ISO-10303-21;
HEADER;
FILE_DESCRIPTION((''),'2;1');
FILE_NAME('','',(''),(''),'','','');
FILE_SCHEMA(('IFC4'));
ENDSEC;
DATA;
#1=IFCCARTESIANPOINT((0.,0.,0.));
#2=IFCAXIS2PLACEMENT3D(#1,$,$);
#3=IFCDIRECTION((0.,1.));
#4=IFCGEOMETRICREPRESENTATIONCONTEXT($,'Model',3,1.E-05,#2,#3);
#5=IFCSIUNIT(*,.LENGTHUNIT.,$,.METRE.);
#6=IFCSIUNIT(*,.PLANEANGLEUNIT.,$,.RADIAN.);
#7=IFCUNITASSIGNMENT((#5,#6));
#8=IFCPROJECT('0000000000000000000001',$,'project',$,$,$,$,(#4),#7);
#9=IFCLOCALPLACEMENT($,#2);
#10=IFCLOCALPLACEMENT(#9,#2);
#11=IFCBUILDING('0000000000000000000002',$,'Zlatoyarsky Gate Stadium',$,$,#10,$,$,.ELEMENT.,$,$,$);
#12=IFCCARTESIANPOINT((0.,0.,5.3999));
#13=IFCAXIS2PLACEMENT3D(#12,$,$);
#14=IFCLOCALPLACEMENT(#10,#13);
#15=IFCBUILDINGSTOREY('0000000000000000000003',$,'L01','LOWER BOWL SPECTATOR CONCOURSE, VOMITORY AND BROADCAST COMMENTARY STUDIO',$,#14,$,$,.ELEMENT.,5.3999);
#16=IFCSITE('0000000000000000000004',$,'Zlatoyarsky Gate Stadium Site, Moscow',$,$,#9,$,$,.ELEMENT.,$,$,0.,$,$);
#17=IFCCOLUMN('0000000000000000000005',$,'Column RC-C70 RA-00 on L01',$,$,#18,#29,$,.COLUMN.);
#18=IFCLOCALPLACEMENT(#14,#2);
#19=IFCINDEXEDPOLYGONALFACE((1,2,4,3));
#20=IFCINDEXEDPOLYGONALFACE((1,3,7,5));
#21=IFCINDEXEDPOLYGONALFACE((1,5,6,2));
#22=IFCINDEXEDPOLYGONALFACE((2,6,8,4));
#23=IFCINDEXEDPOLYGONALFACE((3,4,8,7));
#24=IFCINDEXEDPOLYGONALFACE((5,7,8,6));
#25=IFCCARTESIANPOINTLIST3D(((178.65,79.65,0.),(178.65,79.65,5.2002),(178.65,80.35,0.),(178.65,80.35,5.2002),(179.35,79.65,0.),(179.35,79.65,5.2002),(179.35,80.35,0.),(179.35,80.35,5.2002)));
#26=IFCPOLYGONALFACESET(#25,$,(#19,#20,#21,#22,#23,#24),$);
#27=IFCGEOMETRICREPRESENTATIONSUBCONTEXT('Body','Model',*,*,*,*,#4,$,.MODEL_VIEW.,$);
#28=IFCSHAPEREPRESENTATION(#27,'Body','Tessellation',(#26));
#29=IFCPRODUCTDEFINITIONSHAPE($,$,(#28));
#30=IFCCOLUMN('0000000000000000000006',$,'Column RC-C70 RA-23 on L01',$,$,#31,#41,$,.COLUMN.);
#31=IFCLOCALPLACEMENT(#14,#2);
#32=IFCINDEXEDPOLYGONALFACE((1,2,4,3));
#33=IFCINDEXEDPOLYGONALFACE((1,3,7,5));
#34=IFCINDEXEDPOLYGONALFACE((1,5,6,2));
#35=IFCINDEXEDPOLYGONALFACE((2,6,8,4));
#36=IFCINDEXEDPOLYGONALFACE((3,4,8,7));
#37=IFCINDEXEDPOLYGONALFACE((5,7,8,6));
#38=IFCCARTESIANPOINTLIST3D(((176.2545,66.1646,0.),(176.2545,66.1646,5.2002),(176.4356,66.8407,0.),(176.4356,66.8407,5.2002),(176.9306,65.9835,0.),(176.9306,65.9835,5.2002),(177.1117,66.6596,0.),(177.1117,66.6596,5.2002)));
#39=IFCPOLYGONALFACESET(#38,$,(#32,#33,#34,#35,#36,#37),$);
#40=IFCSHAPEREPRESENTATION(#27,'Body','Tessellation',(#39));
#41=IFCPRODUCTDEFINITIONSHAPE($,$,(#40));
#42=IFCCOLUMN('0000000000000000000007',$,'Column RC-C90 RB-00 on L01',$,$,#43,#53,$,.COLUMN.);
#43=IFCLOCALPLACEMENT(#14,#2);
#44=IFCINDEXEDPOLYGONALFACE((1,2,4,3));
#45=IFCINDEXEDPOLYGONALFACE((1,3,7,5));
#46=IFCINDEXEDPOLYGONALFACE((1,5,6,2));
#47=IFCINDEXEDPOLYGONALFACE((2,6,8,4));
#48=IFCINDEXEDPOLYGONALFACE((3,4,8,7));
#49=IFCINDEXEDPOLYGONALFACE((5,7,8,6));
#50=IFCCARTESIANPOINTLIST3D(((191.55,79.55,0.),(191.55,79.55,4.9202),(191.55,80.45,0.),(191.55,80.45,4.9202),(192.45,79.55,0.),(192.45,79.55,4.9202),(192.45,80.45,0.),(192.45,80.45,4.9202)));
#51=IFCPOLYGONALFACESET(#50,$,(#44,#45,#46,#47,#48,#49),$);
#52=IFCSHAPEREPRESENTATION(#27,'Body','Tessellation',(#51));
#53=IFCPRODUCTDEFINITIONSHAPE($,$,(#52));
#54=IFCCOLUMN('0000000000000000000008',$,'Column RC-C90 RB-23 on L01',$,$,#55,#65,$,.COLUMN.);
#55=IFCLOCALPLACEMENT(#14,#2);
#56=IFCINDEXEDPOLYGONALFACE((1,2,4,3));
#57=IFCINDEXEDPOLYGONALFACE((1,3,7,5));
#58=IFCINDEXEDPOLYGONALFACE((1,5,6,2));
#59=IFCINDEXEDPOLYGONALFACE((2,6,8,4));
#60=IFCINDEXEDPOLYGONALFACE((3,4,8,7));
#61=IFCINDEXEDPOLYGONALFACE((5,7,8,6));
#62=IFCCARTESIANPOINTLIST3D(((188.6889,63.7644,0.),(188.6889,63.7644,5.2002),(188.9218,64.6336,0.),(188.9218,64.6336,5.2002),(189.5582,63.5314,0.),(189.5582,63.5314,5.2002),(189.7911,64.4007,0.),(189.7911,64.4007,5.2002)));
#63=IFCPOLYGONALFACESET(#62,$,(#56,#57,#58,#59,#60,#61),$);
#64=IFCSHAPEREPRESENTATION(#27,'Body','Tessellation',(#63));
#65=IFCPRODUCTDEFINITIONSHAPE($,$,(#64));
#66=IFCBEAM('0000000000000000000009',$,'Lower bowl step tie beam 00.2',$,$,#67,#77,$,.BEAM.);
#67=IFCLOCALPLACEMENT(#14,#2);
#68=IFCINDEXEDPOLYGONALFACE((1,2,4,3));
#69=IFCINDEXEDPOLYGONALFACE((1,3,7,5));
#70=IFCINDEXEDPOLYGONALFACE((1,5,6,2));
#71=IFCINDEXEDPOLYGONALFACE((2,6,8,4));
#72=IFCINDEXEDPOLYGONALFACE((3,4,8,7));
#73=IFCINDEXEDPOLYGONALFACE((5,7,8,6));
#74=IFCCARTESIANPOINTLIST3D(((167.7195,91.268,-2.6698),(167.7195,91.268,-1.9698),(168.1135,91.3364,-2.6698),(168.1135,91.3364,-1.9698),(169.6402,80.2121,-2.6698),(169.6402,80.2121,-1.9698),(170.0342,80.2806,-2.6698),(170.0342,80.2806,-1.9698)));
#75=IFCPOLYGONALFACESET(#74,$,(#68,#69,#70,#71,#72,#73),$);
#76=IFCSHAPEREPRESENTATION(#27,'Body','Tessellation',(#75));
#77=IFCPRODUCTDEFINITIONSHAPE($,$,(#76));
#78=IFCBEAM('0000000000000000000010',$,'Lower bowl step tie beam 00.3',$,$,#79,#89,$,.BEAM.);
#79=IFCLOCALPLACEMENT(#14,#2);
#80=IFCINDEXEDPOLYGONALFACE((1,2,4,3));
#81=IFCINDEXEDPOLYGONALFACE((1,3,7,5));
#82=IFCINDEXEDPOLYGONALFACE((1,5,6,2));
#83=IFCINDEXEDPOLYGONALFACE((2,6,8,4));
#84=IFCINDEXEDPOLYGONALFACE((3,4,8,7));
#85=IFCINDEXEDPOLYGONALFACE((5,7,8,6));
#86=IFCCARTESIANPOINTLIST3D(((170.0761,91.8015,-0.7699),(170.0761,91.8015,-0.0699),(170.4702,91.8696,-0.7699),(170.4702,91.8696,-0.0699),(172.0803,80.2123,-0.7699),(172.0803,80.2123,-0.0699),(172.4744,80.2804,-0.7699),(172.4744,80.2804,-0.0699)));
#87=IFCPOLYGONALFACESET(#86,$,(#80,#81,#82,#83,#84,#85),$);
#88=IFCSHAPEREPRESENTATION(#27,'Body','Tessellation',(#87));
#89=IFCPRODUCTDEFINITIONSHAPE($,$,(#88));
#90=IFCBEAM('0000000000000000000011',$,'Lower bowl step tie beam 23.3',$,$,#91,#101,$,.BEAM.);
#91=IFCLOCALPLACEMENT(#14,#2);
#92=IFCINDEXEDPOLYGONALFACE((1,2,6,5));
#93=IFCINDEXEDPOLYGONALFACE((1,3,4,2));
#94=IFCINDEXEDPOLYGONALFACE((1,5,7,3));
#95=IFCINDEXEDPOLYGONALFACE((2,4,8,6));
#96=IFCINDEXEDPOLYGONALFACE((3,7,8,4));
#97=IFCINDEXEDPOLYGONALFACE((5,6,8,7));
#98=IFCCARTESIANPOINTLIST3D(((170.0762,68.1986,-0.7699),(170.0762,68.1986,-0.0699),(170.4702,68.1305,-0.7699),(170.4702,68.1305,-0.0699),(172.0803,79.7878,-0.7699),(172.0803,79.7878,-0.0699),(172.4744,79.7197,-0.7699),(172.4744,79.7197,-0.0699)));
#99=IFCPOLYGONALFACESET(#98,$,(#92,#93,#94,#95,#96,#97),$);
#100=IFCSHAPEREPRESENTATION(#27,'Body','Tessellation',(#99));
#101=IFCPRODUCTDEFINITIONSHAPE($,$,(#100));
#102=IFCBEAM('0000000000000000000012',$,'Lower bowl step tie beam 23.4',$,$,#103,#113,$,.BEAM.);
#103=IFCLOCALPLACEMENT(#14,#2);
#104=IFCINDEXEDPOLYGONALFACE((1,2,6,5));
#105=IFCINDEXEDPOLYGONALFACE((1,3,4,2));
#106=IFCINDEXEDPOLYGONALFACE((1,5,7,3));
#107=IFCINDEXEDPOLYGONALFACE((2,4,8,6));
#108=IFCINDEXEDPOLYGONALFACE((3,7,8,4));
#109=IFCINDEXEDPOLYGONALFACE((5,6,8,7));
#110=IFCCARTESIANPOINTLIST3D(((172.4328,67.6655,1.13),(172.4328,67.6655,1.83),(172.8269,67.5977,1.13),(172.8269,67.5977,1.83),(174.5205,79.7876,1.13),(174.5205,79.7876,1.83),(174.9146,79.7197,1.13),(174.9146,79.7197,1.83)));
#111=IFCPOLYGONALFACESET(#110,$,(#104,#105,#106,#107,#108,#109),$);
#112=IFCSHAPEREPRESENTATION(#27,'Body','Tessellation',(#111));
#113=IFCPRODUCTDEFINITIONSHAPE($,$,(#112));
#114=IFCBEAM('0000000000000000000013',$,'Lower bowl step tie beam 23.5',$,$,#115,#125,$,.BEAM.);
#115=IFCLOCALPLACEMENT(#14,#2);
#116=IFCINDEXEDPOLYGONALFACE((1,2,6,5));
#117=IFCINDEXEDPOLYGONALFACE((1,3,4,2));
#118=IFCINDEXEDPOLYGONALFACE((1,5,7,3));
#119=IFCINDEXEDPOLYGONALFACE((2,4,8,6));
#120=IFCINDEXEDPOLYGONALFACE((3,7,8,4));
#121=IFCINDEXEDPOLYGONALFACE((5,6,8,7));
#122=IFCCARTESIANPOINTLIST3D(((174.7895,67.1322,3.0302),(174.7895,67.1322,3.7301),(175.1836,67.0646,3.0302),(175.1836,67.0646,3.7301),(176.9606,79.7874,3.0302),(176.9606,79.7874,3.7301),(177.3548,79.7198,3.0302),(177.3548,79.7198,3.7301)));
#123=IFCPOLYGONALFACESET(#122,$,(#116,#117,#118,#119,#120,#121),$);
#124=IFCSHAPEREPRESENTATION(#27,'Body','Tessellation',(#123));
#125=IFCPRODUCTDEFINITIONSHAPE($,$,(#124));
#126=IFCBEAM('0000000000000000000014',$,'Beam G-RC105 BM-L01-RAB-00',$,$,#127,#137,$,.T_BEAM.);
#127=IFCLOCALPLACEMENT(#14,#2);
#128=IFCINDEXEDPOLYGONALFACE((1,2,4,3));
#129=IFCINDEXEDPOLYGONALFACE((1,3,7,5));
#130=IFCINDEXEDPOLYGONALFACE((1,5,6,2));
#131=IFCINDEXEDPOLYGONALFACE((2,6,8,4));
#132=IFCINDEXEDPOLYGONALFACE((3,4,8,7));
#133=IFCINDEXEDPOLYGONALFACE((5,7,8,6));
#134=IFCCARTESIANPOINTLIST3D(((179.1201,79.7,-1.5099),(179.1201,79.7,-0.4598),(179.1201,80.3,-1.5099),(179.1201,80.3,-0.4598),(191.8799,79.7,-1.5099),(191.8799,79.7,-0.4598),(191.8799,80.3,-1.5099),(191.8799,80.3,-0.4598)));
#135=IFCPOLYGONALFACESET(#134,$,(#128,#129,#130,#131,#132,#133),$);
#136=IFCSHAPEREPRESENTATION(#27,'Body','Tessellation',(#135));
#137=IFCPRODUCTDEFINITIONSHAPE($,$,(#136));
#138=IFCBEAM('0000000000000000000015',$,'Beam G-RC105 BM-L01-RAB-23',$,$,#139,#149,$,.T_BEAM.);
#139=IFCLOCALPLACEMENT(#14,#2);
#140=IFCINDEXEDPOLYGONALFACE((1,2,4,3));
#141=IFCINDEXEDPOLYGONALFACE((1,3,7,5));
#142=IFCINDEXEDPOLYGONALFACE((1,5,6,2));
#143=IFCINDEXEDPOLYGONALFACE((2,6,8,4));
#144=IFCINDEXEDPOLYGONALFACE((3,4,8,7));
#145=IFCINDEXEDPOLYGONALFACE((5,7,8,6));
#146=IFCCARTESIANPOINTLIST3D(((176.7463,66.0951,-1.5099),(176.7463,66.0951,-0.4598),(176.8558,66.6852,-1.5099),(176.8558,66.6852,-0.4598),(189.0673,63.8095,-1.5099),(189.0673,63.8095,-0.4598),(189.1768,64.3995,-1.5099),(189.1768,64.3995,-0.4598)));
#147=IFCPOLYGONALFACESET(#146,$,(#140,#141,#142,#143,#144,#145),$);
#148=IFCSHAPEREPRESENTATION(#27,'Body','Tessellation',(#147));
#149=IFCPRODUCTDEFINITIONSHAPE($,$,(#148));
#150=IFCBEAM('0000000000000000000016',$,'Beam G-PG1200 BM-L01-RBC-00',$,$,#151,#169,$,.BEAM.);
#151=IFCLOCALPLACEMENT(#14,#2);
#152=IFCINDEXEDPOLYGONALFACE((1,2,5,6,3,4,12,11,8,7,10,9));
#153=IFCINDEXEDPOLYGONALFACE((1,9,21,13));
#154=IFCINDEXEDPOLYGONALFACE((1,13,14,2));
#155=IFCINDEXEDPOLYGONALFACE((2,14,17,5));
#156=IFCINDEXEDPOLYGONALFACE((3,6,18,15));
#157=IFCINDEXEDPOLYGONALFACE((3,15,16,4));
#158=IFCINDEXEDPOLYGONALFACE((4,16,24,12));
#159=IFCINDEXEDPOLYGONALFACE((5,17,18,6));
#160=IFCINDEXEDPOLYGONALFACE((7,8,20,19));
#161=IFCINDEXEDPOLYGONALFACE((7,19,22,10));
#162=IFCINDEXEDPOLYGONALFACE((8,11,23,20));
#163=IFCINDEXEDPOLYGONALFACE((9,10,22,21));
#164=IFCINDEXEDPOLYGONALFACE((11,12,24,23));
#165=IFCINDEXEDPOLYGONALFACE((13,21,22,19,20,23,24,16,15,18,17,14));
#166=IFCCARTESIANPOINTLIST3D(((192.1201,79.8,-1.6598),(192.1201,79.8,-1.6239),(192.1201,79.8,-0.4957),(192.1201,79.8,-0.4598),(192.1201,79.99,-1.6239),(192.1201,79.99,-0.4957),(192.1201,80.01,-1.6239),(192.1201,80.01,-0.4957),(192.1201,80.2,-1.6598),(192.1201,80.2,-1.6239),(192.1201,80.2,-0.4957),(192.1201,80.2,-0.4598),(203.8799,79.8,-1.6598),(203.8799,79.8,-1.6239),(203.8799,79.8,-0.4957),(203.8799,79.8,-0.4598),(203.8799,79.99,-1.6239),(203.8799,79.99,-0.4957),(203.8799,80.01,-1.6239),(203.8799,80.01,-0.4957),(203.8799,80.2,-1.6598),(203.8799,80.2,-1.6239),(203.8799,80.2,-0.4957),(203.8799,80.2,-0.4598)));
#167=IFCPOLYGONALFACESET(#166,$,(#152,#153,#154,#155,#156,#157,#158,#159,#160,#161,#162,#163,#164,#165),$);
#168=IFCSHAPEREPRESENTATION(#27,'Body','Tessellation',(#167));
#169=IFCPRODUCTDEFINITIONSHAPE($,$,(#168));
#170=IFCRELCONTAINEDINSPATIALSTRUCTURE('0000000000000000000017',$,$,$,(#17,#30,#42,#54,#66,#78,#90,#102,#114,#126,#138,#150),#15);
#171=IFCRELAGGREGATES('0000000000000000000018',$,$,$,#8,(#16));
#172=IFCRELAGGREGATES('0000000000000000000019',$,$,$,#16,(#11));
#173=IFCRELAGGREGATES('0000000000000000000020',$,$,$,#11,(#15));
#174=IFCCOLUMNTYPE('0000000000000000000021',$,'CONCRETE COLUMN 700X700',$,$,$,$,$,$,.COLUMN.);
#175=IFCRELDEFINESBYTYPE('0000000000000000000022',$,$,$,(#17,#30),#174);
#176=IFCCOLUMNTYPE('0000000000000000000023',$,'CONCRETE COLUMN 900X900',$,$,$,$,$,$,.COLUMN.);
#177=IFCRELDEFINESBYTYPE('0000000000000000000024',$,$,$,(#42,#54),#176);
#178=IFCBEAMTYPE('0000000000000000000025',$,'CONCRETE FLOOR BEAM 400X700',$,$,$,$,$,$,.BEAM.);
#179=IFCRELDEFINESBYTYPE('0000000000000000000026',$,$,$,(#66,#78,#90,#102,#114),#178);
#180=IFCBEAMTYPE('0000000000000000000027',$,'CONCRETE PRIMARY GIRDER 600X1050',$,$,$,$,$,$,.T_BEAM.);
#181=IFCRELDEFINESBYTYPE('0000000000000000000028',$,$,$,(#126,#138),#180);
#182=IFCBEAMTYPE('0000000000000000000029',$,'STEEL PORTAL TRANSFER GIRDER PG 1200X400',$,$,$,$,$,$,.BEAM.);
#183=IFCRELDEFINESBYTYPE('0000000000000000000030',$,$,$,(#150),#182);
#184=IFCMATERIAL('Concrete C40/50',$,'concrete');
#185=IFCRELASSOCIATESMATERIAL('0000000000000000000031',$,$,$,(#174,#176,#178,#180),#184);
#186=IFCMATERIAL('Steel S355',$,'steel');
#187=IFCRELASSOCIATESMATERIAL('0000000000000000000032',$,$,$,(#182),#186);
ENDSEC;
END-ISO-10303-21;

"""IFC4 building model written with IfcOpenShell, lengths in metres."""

from ifc_helpers import new_model, si_unit, direction, frame, origin, origin_2d, place, context, subcontext, project, spatial, rectangle, i_section, extrude, material, material_profile, profile_set, type_object, element, save


model = new_model("IFC4")

# Units and contexts
model_context = context("Model", 3, precision=1e-05, world=origin(), true_north=direction((0.0, 1.0)))
body_context = subcontext(model_context, "Body", "Model", "MODEL_VIEW")
ifc_project = project(units=[si_unit("LENGTHUNIT", "METRE"), si_unit("PLANEANGLEUNIT", "RADIAN")], contexts=[model_context])

# Site, building, storey
site_placement = place(None, origin())
site = spatial("IfcSite", under=ifc_project, at=site_placement, Name="Zlatoyarsky Gate Stadium Site, Moscow", CompositionType="ELEMENT", RefElevation=0.0)
building_placement = place(site_placement, origin())
building = spatial("IfcBuilding", under=site, at=building_placement, Name="Zlatoyarsky Gate Stadium", CompositionType="ELEMENT")
storey_placement = place(building_placement, frame((0.0, 0.0, 5.3999)))
storey = spatial("IfcBuildingStorey", under=building, at=storey_placement, Name="L01", Description="LOWER BOWL SPECTATOR CONCOURSE, VOMITORY AND BROADCAST COMMENTARY STUDIO", CompositionType="ELEMENT", Elevation=5.3999)

# Columns
ifc_material_1 = material(Name="Concrete C40/50", Category="concrete")
ifc_material_profile_1 = material_profile(ifc_material_1, rectangle(XDim=0.7, YDim=0.7, at=origin_2d()), Name="RC COL 700X700")
ifc_profile_set_1 = profile_set([ifc_material_profile_1], Name="Concrete C40/50")
column_type_1 = type_object("IfcColumnType", Name="CONCRETE COLUMN 700X700", PredefinedType="COLUMN", material=ifc_profile_set_1)
for number, where, z_axis, x_axis, name in (
    (1, (179.0, 80.0, 0.0), (0.0, 0.0, 1.0), (1.0, 0.0, 0.0), "Column RC-C70 RA-00 on L01"),
    (2, (176.6831, 66.4121, 0.0), (0.0, 0.0, 1.0), (0.965926, -0.258819, 0.0), "Column RC-C70 RA-23 on L01"),
):
    element("IfcColumn", number, at=place(storey_placement, frame(where, z_axis=z_axis, x_axis=x_axis)), inside=storey, type_object=column_type_1, Name=name, PredefinedType="COLUMN", context=body_context, shape_type="SweptSolid", body=[
        extrude(rectangle(XDim=0.7, YDim=0.7, at=origin_2d()), origin(), (0.0, 0.0, 1.0), 5.2002),
    ])
ifc_material_profile_2 = material_profile(ifc_material_1, rectangle(XDim=0.8999, YDim=0.8999, at=origin_2d()), Name="RC COL 900X900")
ifc_profile_set_2 = profile_set([ifc_material_profile_2], Name="Concrete C40/50")
column_type_2 = type_object("IfcColumnType", Name="CONCRETE COLUMN 900X900", PredefinedType="COLUMN", material=ifc_profile_set_2)
column_1_placement = place(storey_placement, frame((192.0, 80.0, 0.0), z_axis=(0.0, 0.0, 1.0), x_axis=(1.0, 0.0, 0.0)))
element("IfcColumn", 3, at=column_1_placement, inside=storey, type_object=column_type_2, Name="Column RC-C90 RB-00 on L01", PredefinedType="COLUMN", context=body_context, shape_type="SweptSolid", body=[
    extrude(rectangle(XDim=0.8999, YDim=0.8999, at=origin_2d()), origin(), (0.0, 0.0, 1.0), 4.9202),
])
column_2_placement = place(storey_placement, frame((189.24, 64.0825, 0.0), z_axis=(0.0, 0.0, 1.0), x_axis=(0.965926, -0.258819, 0.0)))
element("IfcColumn", 4, at=column_2_placement, inside=storey, type_object=column_type_2, Name="Column RC-C90 RB-23 on L01", PredefinedType="COLUMN", context=body_context, shape_type="SweptSolid", body=[
    extrude(rectangle(XDim=0.8999, YDim=0.8999, at=origin_2d()), origin(), (0.0, 0.0, 1.0), 5.2002),
])

# Beams
ifc_material_profile_3 = material_profile(ifc_material_1, rectangle(XDim=0.3999, YDim=0.7, at=origin_2d()), Name="RC BEAM 400X700")
ifc_profile_set_3 = profile_set([ifc_material_profile_3], Name="Concrete C40/50")
beam_type_1 = type_object("IfcBeamType", Name="CONCRETE FLOOR BEAM 400X700", PredefinedType="BEAM", material=ifc_profile_set_3)
beam_1_placement = place(storey_placement, frame((169.8372, 80.2463, -2.3198), z_axis=(-0.171158, 0.985244, 0.0), x_axis=(-0.985244, -0.171158, 0.0)))
element("IfcBeam", 5, at=beam_1_placement, inside=storey, type_object=beam_type_1, Name="Lower bowl step tie beam 00.2", PredefinedType="BEAM", context=body_context, shape_type="SweptSolid", body=[
    extrude(rectangle(XDim=0.3999, YDim=0.7, at=origin_2d()), origin(), (0.0, 0.0, 1.0), 11.2214),
])
for number, where, z_axis, x_axis, name in (
    (6, (172.2773, 80.2463, -0.4199), (-0.170405, 0.985374, 0.0), (-0.985374, -0.170405, 0.0), "Lower bowl step tie beam 00.3"),
    (7, (170.2732, 68.1646, -0.4199), (0.170405, 0.985374, 0.0), (-0.985374, 0.170405, 0.0), "Lower bowl step tie beam 23.3"),
):
    element("IfcBeam", number, at=place(storey_placement, frame(where, z_axis=z_axis, x_axis=x_axis)), inside=storey, type_object=beam_type_1, Name=name, PredefinedType="BEAM", context=body_context, shape_type="SweptSolid", body=[
        extrude(rectangle(XDim=0.3999, YDim=0.7, at=origin_2d()), origin(), (0.0, 0.0, 1.0), 11.7612),
    ])
beam_2_placement = place(storey_placement, frame((172.6299, 67.6316, 1.48), z_axis=(0.16972, 0.985492, 0.0), x_axis=(-0.985492, 0.16972, 0.0)))
element("IfcBeam", 8, at=beam_2_placement, inside=storey, type_object=beam_type_1, Name="Lower bowl step tie beam 23.4", PredefinedType="BEAM", context=body_context, shape_type="SweptSolid", body=[
    extrude(rectangle(XDim=0.3999, YDim=0.7, at=origin_2d()), origin(), (0.0, 0.0, 1.0), 12.3005),
])
beam_3_placement = place(storey_placement, frame((174.9866, 67.0984, 3.3801), z_axis=(0.16909, 0.985601, 0.0), x_axis=(-0.985601, 0.16909, 0.0)))
element("IfcBeam", 9, at=beam_3_placement, inside=storey, type_object=beam_type_1, Name="Lower bowl step tie beam 23.5", PredefinedType="BEAM", context=body_context, shape_type="SweptSolid", body=[
    extrude(rectangle(XDim=0.3999, YDim=0.7, at=origin_2d()), origin(), (0.0, 0.0, 1.0), 12.8401),
])
ifc_material_profile_4 = material_profile(ifc_material_1, rectangle(XDim=0.6001, YDim=1.05, at=origin_2d()), Name="RC GIRDER 600X1050")
ifc_profile_set_4 = profile_set([ifc_material_profile_4], Name="Concrete C40/50")
beam_type_2 = type_object("IfcBeamType", Name="CONCRETE PRIMARY GIRDER 600X1050", PredefinedType="T_BEAM", material=ifc_profile_set_4)
beam_4_placement = place(storey_placement, frame((179.1201, 80.0, -0.9849), z_axis=(1.0, 0.0, 0.0), x_axis=(0.0, 1.0, 0.0)))
element("IfcBeam", 10, at=beam_4_placement, inside=storey, type_object=beam_type_2, Name="Beam G-RC105 BM-L01-RAB-00", PredefinedType="T_BEAM", context=body_context, shape_type="SweptSolid", body=[
    extrude(rectangle(XDim=0.6001, YDim=1.05, at=origin_2d()), origin(), (0.0, 0.0, 1.0), 12.7598),
])
beam_5_placement = place(storey_placement, frame((176.801, 66.3901, -0.9849), z_axis=(0.983225, -0.182396, 0.0), x_axis=(0.182396, 0.983225, 0.0)))
element("IfcBeam", 11, at=beam_5_placement, inside=storey, type_object=beam_type_2, Name="Beam G-RC105 BM-L01-RAB-23", PredefinedType="T_BEAM", context=body_context, shape_type="SweptSolid", body=[
    extrude(rectangle(XDim=0.6001, YDim=1.05, at=origin_2d()), origin(), (0.0, 0.0, 1.0), 12.5312),
])
ifc_material_2 = material(Name="Steel S355", Category="steel")
ifc_material_profile_5 = material_profile(ifc_material_2, i_section(OverallWidth=0.3999, OverallDepth=1.2, WebThickness=0.02, FlangeThickness=0.0359, at=origin_2d()), Name="PG 1200X400")
ifc_profile_set_5 = profile_set([ifc_material_profile_5], Name="Steel S355")
beam_type_3 = type_object("IfcBeamType", Name="STEEL PORTAL TRANSFER GIRDER PG 1200X400", PredefinedType="BEAM", material=ifc_profile_set_5)
beam_6_placement = place(storey_placement, frame((192.1201, 80.0, -1.0598), z_axis=(1.0, 0.0, 0.0), x_axis=(0.0, 1.0, 0.0)))
element("IfcBeam", 12, at=beam_6_placement, inside=storey, type_object=beam_type_3, Name="Beam G-PG1200 BM-L01-RBC-00", PredefinedType="BEAM", context=body_context, shape_type="SweptSolid", body=[
    extrude(i_section(OverallWidth=0.3999, OverallDepth=1.2, WebThickness=0.02, FlangeThickness=0.0359, at=origin_2d()), origin(), (0.0, 0.0, 1.0), 11.7598),
])

save(model, "model.ifc")
